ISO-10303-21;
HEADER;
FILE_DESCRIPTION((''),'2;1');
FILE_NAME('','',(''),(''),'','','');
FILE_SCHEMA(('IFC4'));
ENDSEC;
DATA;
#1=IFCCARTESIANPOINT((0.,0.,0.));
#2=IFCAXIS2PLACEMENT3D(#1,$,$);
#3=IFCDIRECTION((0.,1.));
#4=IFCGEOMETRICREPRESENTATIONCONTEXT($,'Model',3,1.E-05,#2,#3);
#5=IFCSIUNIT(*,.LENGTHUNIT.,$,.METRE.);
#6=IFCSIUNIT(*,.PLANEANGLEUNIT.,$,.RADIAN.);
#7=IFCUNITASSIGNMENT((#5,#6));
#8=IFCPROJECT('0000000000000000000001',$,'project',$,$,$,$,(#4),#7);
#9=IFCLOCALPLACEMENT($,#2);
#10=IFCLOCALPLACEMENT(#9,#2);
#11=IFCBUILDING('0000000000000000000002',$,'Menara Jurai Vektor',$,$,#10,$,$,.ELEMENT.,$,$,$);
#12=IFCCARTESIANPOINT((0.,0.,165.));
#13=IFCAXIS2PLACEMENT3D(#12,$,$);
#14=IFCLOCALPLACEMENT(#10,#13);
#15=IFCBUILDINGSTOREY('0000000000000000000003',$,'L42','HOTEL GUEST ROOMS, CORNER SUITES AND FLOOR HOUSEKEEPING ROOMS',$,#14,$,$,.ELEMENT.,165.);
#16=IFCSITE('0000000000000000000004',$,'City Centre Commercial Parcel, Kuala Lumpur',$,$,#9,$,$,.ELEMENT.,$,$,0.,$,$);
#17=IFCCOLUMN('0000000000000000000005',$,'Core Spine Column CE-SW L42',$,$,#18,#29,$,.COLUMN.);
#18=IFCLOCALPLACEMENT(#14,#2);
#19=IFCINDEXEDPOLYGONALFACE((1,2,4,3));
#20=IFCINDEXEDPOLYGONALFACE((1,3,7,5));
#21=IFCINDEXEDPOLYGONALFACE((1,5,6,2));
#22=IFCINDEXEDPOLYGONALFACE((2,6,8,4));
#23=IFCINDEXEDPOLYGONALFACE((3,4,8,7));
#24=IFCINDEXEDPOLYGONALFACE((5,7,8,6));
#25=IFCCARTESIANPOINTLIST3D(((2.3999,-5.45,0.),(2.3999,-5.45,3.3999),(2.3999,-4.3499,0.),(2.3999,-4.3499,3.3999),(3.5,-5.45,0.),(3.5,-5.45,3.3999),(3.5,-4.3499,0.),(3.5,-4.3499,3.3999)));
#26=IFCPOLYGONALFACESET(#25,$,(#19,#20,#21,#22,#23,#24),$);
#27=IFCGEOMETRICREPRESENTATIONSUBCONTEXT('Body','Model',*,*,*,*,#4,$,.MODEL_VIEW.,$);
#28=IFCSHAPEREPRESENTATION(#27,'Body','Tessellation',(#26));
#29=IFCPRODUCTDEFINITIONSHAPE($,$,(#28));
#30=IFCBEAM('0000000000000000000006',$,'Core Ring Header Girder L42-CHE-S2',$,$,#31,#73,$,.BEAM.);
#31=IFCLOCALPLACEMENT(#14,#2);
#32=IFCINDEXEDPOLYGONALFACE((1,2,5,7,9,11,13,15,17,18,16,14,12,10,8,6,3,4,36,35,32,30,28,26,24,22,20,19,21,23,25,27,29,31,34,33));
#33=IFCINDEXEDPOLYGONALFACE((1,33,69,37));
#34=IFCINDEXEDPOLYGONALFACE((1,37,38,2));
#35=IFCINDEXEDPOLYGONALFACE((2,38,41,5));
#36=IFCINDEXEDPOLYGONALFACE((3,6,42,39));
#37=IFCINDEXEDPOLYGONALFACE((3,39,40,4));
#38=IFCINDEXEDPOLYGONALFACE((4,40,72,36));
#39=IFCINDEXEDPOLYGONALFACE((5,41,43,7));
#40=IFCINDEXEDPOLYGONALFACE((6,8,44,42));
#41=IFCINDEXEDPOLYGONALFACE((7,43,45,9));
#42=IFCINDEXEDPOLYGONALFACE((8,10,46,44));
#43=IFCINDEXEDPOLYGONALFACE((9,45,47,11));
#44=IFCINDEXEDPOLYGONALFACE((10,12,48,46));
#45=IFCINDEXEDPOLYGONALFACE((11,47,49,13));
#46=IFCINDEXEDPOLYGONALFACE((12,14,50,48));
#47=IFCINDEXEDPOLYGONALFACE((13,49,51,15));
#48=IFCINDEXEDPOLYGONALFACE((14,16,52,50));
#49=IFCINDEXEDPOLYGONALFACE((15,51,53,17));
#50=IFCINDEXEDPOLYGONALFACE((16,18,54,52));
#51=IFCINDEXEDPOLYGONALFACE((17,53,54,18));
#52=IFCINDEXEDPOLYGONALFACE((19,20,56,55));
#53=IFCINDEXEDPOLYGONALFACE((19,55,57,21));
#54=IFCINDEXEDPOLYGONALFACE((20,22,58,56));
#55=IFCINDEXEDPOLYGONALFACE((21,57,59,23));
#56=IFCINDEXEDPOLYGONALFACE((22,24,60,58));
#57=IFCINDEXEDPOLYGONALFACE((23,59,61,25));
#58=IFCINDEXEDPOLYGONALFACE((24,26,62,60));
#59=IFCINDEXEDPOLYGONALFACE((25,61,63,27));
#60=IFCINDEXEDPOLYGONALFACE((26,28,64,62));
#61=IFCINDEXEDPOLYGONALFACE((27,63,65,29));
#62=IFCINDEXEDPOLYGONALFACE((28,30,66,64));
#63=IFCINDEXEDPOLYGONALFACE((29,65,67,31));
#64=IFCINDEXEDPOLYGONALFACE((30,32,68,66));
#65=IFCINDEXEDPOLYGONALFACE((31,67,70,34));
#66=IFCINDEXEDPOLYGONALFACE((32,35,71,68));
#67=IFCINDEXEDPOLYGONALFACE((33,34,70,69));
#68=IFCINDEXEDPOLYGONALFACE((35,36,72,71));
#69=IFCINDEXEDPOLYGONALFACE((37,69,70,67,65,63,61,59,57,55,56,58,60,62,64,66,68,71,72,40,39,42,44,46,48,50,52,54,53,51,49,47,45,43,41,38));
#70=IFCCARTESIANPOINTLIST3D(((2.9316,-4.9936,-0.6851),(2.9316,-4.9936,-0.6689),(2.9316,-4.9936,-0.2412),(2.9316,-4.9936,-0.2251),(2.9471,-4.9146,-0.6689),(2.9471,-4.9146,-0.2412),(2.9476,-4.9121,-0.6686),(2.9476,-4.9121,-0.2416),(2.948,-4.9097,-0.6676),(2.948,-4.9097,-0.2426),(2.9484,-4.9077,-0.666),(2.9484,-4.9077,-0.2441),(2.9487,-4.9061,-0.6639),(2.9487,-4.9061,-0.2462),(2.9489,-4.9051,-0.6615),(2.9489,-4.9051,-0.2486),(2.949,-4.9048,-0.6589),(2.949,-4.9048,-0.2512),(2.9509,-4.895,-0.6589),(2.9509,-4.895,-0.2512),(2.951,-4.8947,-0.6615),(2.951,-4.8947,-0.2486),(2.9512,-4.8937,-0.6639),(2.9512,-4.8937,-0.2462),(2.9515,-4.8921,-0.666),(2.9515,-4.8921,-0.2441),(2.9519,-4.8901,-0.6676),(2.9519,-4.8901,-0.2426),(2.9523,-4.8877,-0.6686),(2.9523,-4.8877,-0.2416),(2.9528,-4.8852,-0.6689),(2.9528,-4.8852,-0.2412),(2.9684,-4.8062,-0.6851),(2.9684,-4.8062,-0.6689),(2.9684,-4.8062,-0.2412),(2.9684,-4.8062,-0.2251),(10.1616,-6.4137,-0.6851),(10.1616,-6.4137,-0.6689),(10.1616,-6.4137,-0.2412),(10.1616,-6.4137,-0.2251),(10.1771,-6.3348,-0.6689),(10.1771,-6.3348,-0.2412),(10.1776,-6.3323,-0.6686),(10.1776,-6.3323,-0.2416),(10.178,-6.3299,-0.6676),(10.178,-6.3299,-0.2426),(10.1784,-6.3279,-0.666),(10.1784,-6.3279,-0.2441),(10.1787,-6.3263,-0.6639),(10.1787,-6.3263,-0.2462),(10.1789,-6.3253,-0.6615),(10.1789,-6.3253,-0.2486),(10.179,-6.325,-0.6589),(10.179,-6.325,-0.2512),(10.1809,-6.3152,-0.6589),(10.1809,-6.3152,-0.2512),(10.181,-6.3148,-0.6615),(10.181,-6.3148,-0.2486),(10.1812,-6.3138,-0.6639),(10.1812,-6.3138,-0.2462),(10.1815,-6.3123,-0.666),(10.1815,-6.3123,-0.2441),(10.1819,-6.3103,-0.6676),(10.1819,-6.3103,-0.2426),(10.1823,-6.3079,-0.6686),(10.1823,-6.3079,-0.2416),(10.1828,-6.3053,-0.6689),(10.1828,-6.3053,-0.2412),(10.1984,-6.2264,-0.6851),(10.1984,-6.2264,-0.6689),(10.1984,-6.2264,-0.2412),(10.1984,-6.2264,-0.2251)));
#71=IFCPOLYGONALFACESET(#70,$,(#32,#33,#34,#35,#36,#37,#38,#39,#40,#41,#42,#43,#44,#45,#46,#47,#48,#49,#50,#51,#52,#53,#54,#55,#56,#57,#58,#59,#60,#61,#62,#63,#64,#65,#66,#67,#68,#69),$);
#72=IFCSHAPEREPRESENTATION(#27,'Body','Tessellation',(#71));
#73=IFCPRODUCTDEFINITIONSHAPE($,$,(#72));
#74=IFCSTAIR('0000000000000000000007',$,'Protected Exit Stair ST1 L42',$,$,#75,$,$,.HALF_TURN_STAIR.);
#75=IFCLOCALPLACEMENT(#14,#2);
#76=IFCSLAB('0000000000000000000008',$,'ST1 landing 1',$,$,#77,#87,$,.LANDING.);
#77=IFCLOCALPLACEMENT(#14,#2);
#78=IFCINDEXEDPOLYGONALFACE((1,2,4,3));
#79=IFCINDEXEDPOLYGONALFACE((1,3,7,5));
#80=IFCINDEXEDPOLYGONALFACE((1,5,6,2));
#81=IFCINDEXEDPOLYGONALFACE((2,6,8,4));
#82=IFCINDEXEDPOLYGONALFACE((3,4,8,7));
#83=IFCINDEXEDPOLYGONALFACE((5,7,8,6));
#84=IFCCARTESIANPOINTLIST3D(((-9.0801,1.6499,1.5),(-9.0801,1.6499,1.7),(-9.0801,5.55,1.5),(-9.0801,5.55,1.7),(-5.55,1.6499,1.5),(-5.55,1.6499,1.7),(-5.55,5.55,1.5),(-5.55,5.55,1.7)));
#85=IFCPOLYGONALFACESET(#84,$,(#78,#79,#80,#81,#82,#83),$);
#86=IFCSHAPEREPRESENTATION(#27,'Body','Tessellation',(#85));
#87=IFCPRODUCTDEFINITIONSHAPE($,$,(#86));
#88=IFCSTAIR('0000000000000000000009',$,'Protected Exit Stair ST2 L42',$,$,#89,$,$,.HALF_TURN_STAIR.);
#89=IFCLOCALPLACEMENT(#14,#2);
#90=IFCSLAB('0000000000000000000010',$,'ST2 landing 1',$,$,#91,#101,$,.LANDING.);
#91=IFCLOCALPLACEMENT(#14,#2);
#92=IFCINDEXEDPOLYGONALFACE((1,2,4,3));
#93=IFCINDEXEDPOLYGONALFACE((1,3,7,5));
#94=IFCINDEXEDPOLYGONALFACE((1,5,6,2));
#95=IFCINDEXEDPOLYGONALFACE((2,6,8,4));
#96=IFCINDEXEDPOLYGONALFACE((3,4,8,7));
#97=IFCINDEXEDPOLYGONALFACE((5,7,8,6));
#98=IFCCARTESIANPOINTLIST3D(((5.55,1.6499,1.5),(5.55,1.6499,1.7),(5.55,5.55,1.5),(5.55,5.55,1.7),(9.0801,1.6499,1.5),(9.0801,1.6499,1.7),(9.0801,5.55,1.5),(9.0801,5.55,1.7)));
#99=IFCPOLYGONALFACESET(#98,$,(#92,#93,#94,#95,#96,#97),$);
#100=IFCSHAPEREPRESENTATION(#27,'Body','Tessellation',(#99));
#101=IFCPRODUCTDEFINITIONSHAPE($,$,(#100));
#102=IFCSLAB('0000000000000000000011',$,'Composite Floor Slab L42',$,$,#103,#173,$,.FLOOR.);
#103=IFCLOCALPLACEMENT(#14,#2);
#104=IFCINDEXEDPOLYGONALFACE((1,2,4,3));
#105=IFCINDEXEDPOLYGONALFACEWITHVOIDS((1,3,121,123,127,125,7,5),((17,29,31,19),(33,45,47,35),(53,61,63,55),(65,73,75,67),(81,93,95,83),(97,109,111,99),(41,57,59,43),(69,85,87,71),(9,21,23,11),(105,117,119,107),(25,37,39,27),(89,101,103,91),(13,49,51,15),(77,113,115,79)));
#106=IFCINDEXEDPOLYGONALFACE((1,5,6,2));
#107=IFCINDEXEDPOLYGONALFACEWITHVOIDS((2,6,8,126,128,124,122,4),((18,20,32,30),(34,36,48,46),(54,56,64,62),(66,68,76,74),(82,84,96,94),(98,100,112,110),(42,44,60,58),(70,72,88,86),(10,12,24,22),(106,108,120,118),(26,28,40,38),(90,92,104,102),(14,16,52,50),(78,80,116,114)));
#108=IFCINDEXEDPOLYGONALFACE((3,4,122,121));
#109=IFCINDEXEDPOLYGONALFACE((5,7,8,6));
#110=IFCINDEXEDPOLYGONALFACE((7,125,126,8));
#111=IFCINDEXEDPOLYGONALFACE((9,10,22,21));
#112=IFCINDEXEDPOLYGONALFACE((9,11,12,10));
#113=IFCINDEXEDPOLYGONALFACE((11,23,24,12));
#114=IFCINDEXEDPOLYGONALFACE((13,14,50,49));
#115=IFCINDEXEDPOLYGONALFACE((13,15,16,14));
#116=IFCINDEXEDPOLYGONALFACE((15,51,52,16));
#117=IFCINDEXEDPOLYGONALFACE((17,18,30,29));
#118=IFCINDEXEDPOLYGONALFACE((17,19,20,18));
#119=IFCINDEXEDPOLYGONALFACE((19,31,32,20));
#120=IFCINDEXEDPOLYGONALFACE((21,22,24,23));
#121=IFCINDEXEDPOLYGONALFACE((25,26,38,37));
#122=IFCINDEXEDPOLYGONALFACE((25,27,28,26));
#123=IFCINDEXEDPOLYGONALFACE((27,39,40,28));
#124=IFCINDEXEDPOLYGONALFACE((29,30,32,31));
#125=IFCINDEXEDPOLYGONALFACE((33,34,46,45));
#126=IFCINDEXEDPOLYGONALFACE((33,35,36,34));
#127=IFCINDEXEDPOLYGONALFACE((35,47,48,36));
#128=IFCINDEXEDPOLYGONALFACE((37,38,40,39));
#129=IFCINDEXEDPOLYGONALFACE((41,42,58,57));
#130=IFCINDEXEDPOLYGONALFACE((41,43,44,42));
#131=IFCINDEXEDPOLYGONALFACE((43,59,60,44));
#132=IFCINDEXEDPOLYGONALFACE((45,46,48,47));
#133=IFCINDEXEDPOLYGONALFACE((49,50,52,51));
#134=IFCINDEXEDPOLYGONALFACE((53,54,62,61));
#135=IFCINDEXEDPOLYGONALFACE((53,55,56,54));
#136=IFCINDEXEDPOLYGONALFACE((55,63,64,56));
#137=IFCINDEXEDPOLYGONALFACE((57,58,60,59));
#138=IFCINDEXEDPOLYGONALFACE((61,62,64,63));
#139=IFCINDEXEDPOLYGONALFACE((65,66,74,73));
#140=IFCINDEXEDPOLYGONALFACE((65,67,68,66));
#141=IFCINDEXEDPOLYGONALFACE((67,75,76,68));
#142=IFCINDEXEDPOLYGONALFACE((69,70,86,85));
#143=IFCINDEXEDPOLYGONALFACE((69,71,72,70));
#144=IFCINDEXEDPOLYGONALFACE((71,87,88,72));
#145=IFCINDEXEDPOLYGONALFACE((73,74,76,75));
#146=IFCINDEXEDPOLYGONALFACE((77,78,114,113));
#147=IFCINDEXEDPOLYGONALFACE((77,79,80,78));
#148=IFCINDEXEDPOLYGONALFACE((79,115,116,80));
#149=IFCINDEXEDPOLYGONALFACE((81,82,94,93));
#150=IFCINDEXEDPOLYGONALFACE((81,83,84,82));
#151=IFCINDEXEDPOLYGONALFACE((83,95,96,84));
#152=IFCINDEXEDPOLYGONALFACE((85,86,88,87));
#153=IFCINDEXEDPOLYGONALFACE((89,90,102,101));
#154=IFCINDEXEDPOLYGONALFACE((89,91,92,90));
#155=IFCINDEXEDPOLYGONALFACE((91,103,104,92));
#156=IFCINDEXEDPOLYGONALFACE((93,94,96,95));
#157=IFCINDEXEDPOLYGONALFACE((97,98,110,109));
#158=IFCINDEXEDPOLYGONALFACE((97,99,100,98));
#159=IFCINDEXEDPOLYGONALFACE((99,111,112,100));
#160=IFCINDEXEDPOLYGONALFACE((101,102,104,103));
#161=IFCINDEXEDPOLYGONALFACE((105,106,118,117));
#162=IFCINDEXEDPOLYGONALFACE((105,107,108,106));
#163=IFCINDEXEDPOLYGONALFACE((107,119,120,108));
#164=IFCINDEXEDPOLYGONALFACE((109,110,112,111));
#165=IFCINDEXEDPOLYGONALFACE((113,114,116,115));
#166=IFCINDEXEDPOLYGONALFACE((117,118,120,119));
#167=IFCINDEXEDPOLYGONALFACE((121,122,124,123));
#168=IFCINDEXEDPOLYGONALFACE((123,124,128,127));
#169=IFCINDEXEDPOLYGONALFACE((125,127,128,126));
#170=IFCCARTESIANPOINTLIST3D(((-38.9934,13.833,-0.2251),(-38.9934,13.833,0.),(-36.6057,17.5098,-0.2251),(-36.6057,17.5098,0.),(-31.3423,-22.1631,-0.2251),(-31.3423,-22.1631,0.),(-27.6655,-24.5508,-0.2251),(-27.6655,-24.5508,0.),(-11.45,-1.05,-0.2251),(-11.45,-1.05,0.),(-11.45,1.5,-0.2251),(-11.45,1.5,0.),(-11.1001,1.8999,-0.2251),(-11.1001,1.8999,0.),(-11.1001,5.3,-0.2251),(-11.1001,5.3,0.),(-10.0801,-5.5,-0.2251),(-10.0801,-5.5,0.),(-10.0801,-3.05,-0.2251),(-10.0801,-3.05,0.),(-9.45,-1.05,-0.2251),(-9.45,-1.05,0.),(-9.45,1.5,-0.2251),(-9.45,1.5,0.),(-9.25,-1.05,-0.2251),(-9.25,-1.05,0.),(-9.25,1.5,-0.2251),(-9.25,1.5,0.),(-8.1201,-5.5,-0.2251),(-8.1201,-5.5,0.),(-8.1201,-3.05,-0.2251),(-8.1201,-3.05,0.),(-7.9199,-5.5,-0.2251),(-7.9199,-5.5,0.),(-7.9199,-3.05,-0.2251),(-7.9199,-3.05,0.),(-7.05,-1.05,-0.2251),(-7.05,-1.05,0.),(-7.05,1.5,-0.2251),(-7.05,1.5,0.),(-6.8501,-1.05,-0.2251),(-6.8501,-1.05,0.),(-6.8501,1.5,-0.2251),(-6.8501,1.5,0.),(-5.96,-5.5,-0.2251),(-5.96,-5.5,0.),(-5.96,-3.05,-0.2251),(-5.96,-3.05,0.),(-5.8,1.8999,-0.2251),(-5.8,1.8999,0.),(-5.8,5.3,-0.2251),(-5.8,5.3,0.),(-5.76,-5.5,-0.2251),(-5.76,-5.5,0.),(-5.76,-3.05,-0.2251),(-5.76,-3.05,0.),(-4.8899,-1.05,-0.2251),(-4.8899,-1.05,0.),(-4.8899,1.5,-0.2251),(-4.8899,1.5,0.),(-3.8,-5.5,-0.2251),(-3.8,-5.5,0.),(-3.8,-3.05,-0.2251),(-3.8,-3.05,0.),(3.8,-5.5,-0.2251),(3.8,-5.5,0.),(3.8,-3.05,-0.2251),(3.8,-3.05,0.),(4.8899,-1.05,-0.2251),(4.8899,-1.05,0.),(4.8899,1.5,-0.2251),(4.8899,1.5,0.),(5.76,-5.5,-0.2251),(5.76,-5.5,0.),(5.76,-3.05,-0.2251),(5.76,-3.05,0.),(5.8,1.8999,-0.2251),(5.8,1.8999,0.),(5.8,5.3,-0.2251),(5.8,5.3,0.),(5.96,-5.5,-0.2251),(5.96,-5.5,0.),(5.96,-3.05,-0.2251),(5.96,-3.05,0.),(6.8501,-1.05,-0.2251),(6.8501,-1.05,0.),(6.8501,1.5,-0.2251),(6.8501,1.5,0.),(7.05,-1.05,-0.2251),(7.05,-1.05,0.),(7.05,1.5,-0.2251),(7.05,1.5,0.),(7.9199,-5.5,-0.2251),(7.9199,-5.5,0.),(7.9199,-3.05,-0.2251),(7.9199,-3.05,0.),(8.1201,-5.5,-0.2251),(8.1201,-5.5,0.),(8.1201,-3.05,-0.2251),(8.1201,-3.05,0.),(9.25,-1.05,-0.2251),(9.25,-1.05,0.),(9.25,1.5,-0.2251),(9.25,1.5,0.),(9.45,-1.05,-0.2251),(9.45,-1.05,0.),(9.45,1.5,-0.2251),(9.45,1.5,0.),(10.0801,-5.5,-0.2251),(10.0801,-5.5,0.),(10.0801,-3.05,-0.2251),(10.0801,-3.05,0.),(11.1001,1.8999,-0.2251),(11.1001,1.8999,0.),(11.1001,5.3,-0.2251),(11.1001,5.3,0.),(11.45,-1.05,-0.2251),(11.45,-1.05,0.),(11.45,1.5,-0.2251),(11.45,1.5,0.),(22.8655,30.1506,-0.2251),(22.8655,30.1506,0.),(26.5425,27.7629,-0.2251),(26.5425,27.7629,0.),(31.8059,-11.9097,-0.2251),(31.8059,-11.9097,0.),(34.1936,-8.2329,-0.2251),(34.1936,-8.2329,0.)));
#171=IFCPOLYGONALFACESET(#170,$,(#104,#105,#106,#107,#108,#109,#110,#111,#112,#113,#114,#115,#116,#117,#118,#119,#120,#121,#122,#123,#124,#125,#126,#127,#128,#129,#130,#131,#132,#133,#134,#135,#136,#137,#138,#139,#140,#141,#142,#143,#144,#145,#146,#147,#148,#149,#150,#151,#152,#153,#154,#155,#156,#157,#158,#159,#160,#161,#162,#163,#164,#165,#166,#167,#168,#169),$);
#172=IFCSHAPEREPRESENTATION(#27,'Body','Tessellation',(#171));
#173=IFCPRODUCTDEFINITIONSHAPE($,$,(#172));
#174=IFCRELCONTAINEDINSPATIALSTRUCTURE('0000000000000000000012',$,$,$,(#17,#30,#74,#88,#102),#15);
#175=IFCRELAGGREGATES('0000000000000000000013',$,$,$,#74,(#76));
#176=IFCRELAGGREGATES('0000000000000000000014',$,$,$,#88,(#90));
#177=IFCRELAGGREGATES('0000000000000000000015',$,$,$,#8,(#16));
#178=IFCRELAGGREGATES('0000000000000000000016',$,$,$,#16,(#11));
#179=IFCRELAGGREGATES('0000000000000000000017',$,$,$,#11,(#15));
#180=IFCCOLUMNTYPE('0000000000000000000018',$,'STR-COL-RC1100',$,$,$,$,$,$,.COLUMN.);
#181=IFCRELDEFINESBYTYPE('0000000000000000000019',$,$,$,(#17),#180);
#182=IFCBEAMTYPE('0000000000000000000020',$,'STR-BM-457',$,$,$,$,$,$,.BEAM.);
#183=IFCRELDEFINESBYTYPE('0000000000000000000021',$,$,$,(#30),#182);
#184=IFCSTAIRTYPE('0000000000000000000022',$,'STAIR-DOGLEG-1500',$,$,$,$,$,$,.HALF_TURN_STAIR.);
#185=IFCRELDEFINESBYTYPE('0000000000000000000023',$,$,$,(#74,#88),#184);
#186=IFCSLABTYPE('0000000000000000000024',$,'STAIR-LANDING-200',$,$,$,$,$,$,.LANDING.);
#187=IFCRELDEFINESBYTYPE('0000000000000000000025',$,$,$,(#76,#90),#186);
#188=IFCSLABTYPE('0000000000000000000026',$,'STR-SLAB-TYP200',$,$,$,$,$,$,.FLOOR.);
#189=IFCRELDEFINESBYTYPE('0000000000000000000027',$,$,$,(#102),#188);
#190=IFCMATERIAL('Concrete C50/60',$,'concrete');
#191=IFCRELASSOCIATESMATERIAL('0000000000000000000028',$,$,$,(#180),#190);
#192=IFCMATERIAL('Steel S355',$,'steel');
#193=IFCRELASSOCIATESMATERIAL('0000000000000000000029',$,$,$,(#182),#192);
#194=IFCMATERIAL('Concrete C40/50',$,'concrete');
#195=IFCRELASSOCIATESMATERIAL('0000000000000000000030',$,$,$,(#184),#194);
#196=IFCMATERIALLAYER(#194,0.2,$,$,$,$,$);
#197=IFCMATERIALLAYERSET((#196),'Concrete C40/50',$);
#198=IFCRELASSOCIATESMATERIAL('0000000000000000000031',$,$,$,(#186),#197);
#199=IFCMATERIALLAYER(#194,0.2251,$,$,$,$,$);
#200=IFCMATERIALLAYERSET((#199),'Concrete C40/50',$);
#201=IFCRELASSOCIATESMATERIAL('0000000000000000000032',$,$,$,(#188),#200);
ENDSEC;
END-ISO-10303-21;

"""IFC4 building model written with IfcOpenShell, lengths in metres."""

from ifc_helpers import new_model, si_unit, direction, frame, origin, origin_2d, place, context, subcontext, project, spatial, polyline, rectangle, i_section, outline, extrude, material, layer, layer_set, material_profile, profile_set, type_object, element, aggregate, save


model = new_model("IFC4")

# Units and contexts
model_context = context("Model", 3, precision=1e-05, world=origin(), true_north=direction((0.0, 1.0)))
body_context = subcontext(model_context, "Body", "Model", "MODEL_VIEW")
ifc_project = project(units=[si_unit("LENGTHUNIT", "METRE"), si_unit("PLANEANGLEUNIT", "RADIAN")], contexts=[model_context])

# Site, building, storey
site_placement = place(None, origin())
site = spatial("IfcSite", under=ifc_project, at=site_placement, Name="City Centre Commercial Parcel, Kuala Lumpur", CompositionType="ELEMENT", RefElevation=0.0)
building_placement = place(site_placement, origin())
building = spatial("IfcBuilding", under=site, at=building_placement, Name="Menara Jurai Vektor", CompositionType="ELEMENT")
storey_placement = place(building_placement, frame((0.0, 0.0, 165.0)))
storey = spatial("IfcBuildingStorey", under=building, at=storey_placement, Name="L42", Description="HOTEL GUEST ROOMS, CORNER SUITES AND FLOOR HOUSEKEEPING ROOMS", CompositionType="ELEMENT", Elevation=165.0)

# Column
ifc_material_1 = material(Name="Concrete C50/60", Category="concrete")
ifc_material_profile_1 = material_profile(ifc_material_1, rectangle(XDim=1.1001, YDim=1.1001, at=origin_2d()), Name="RC 1100x1100")
ifc_profile_set_1 = profile_set([ifc_material_profile_1], Name="Concrete C50/60")
column_type = type_object("IfcColumnType", Name="STR-COL-RC1100", PredefinedType="COLUMN", material=ifc_profile_set_1)
column_placement = place(storey_placement, frame((2.95, -4.8999, 0.0), z_axis=(0.0, 0.0, 1.0), x_axis=(1.0, 0.0, 0.0)))
element("IfcColumn", 1, at=column_placement, inside=storey, type_object=column_type, Name="Core Spine Column CE-SW L42", PredefinedType="COLUMN", context=body_context, shape_type="SweptSolid", body=[
    extrude(rectangle(XDim=1.1001, YDim=1.1001, at=origin_2d()), origin(), (0.0, 0.0, 1.0), 3.3999),
])

# Beam
ifc_material_2 = material(Name="Steel S355", Category="steel")
ifc_material_profile_2 = material_profile(ifc_material_2, i_section(OverallWidth=0.1909, OverallDepth=0.46, WebThickness=0.01, FlangeThickness=0.0161, FilletRadius=0.01, at=origin_2d()), Name="UKB 457x191x82")
ifc_profile_set_2 = profile_set([ifc_material_profile_2], Name="Steel S355")
beam_type = type_object("IfcBeamType", Name="STR-BM-457", PredefinedType="BEAM", material=ifc_profile_set_2)
beam_placement = place(storey_placement, frame((2.95, -4.8999, -0.4551), z_axis=(0.981249, -0.192744, 0.0), x_axis=(0.192744, 0.981249, 0.0)))
element("IfcBeam", 2, at=beam_placement, inside=storey, type_object=beam_type, Name="Core Ring Header Girder L42-CHE-S2", PredefinedType="BEAM", context=body_context, shape_type="SweptSolid", body=[
    extrude(i_section(OverallWidth=0.1909, OverallDepth=0.46, WebThickness=0.01, FlangeThickness=0.0161, FilletRadius=0.01, at=origin_2d()), origin(), (0.0, 0.0, 1.0), 7.3682),
])

# Stairs, slabs
ifc_material_3 = material(Name="Concrete C40/50", Category="concrete")
stair_type = type_object("IfcStairType", Name="STAIR-DOGLEG-1500", PredefinedType="HALF_TURN_STAIR", material=ifc_material_3)
stair_1_placement = place(storey_placement, origin())
stair_1 = element("IfcStair", 3, at=stair_1_placement, inside=storey, type_object=stair_type, Name="Protected Exit Stair ST1 L42", PredefinedType="HALF_TURN_STAIR")
ifc_layer_1 = layer(ifc_material_3, 0.2)
ifc_layer_set_1 = layer_set([ifc_layer_1], Name="Concrete C40/50")
slab_type_1 = type_object("IfcSlabType", Name="STAIR-LANDING-200", PredefinedType="LANDING", material=ifc_layer_set_1)
slab_1_placement = place(storey_placement, frame((0.0, 0.0, 1.5)))
slab_1 = element("IfcSlab", 4, at=slab_1_placement, type_object=slab_type_1, Name="ST1 landing 1", PredefinedType="LANDING", context=body_context, shape_type="SweptSolid", body=[
    extrude(outline(polyline([(-9.0801, 1.6499), (-5.55, 1.6499), (-5.55, 5.55), (-9.0801, 5.55), (-9.0801, 1.6499)])), origin(), (0.0, 0.0, 1.0), 0.2),
])
aggregate(stair_1, [slab_1])
stair_2_placement = place(storey_placement, origin())
stair_2 = element("IfcStair", 5, at=stair_2_placement, inside=storey, type_object=stair_type, Name="Protected Exit Stair ST2 L42", PredefinedType="HALF_TURN_STAIR")
slab_2_placement = place(storey_placement, frame((0.0, 0.0, 1.5)))
slab_2 = element("IfcSlab", 6, at=slab_2_placement, type_object=slab_type_1, Name="ST2 landing 1", PredefinedType="LANDING", context=body_context, shape_type="SweptSolid", body=[
    extrude(outline(polyline([(5.55, 1.6499), (9.0801, 1.6499), (9.0801, 5.55), (5.55, 5.55), (5.55, 1.6499)])), origin(), (0.0, 0.0, 1.0), 0.2),
])
aggregate(stair_2, [slab_2])

# Slab
ifc_layer_2 = layer(ifc_material_3, 0.2251)
ifc_layer_set_2 = layer_set([ifc_layer_2], Name="Concrete C40/50")
slab_type_2 = type_object("IfcSlabType", Name="STR-SLAB-TYP200", PredefinedType="FLOOR", material=ifc_layer_set_2)
slab_3_placement = place(storey_placement, frame((0.0, 0.0, -0.2251)))
element("IfcSlab", 7, at=slab_3_placement, inside=storey, type_object=slab_type_2, Name="Composite Floor Slab L42", PredefinedType="FLOOR", context=body_context, shape_type="SweptSolid", body=[
    extrude(outline(polyline([(-27.6655, -24.5508), (31.8059, -11.9097), (34.1936, -8.2329), (26.5425, 27.7629), (22.8655, 30.1506), (-36.6057, 17.5098), (-38.9934, 13.833), (-31.3423, -22.1631), (-27.6655, -24.5508)]), holes=[polyline([(-11.1001, 1.8999), (-11.1001, 5.3), (-5.8, 5.3), (-5.8, 1.8999), (-11.1001, 1.8999)]), polyline([(5.8, 1.8999), (5.8, 5.3), (11.1001, 5.3), (11.1001, 1.8999), (5.8, 1.8999)]), polyline([(-11.45, -1.05), (-11.45, 1.5), (-9.45, 1.5), (-9.45, -1.05), (-11.45, -1.05)]), polyline([(9.45, -1.05), (9.45, 1.5), (11.45, 1.5), (11.45, -1.05), (9.45, -1.05)]), polyline([(-5.76, -5.5), (-5.76, -3.05), (-3.8, -3.05), (-3.8, -5.5), (-5.76, -5.5)]), polyline([(-6.8501, -1.05), (-6.8501, 1.5), (-4.8899, 1.5), (-4.8899, -1.05), (-6.8501, -1.05)]), polyline([(3.8, -5.5), (3.8, -3.05), (5.76, -3.05), (5.76, -5.5), (3.8, -5.5)]), polyline([(4.8899, -1.05), (4.8899, 1.5), (6.8501, 1.5), (6.8501, -1.05), (4.8899, -1.05)]), polyline([(-10.0801, -5.5), (-10.0801, -3.05), (-8.1201, -3.05), (-8.1201, -5.5), (-10.0801, -5.5)]), polyline([(-7.9199, -5.5), (-7.9199, -3.05), (-5.96, -3.05), (-5.96, -5.5), (-7.9199, -5.5)]), polyline([(5.96, -5.5), (5.96, -3.05), (7.9199, -3.05), (7.9199, -5.5), (5.96, -5.5)]), polyline([(8.1201, -5.5), (8.1201, -3.05), (10.0801, -3.05), (10.0801, -5.5), (8.1201, -5.5)]), polyline([(-9.25, -1.05), (-9.25, 1.5), (-7.05, 1.5), (-7.05, -1.05), (-9.25, -1.05)]), polyline([(7.05, -1.05), (7.05, 1.5), (9.25, 1.5), (9.25, -1.05), (7.05, -1.05)])]), origin(), (0.0, 0.0, 1.0), 0.2251),
])

save(model, "model.ifc")
